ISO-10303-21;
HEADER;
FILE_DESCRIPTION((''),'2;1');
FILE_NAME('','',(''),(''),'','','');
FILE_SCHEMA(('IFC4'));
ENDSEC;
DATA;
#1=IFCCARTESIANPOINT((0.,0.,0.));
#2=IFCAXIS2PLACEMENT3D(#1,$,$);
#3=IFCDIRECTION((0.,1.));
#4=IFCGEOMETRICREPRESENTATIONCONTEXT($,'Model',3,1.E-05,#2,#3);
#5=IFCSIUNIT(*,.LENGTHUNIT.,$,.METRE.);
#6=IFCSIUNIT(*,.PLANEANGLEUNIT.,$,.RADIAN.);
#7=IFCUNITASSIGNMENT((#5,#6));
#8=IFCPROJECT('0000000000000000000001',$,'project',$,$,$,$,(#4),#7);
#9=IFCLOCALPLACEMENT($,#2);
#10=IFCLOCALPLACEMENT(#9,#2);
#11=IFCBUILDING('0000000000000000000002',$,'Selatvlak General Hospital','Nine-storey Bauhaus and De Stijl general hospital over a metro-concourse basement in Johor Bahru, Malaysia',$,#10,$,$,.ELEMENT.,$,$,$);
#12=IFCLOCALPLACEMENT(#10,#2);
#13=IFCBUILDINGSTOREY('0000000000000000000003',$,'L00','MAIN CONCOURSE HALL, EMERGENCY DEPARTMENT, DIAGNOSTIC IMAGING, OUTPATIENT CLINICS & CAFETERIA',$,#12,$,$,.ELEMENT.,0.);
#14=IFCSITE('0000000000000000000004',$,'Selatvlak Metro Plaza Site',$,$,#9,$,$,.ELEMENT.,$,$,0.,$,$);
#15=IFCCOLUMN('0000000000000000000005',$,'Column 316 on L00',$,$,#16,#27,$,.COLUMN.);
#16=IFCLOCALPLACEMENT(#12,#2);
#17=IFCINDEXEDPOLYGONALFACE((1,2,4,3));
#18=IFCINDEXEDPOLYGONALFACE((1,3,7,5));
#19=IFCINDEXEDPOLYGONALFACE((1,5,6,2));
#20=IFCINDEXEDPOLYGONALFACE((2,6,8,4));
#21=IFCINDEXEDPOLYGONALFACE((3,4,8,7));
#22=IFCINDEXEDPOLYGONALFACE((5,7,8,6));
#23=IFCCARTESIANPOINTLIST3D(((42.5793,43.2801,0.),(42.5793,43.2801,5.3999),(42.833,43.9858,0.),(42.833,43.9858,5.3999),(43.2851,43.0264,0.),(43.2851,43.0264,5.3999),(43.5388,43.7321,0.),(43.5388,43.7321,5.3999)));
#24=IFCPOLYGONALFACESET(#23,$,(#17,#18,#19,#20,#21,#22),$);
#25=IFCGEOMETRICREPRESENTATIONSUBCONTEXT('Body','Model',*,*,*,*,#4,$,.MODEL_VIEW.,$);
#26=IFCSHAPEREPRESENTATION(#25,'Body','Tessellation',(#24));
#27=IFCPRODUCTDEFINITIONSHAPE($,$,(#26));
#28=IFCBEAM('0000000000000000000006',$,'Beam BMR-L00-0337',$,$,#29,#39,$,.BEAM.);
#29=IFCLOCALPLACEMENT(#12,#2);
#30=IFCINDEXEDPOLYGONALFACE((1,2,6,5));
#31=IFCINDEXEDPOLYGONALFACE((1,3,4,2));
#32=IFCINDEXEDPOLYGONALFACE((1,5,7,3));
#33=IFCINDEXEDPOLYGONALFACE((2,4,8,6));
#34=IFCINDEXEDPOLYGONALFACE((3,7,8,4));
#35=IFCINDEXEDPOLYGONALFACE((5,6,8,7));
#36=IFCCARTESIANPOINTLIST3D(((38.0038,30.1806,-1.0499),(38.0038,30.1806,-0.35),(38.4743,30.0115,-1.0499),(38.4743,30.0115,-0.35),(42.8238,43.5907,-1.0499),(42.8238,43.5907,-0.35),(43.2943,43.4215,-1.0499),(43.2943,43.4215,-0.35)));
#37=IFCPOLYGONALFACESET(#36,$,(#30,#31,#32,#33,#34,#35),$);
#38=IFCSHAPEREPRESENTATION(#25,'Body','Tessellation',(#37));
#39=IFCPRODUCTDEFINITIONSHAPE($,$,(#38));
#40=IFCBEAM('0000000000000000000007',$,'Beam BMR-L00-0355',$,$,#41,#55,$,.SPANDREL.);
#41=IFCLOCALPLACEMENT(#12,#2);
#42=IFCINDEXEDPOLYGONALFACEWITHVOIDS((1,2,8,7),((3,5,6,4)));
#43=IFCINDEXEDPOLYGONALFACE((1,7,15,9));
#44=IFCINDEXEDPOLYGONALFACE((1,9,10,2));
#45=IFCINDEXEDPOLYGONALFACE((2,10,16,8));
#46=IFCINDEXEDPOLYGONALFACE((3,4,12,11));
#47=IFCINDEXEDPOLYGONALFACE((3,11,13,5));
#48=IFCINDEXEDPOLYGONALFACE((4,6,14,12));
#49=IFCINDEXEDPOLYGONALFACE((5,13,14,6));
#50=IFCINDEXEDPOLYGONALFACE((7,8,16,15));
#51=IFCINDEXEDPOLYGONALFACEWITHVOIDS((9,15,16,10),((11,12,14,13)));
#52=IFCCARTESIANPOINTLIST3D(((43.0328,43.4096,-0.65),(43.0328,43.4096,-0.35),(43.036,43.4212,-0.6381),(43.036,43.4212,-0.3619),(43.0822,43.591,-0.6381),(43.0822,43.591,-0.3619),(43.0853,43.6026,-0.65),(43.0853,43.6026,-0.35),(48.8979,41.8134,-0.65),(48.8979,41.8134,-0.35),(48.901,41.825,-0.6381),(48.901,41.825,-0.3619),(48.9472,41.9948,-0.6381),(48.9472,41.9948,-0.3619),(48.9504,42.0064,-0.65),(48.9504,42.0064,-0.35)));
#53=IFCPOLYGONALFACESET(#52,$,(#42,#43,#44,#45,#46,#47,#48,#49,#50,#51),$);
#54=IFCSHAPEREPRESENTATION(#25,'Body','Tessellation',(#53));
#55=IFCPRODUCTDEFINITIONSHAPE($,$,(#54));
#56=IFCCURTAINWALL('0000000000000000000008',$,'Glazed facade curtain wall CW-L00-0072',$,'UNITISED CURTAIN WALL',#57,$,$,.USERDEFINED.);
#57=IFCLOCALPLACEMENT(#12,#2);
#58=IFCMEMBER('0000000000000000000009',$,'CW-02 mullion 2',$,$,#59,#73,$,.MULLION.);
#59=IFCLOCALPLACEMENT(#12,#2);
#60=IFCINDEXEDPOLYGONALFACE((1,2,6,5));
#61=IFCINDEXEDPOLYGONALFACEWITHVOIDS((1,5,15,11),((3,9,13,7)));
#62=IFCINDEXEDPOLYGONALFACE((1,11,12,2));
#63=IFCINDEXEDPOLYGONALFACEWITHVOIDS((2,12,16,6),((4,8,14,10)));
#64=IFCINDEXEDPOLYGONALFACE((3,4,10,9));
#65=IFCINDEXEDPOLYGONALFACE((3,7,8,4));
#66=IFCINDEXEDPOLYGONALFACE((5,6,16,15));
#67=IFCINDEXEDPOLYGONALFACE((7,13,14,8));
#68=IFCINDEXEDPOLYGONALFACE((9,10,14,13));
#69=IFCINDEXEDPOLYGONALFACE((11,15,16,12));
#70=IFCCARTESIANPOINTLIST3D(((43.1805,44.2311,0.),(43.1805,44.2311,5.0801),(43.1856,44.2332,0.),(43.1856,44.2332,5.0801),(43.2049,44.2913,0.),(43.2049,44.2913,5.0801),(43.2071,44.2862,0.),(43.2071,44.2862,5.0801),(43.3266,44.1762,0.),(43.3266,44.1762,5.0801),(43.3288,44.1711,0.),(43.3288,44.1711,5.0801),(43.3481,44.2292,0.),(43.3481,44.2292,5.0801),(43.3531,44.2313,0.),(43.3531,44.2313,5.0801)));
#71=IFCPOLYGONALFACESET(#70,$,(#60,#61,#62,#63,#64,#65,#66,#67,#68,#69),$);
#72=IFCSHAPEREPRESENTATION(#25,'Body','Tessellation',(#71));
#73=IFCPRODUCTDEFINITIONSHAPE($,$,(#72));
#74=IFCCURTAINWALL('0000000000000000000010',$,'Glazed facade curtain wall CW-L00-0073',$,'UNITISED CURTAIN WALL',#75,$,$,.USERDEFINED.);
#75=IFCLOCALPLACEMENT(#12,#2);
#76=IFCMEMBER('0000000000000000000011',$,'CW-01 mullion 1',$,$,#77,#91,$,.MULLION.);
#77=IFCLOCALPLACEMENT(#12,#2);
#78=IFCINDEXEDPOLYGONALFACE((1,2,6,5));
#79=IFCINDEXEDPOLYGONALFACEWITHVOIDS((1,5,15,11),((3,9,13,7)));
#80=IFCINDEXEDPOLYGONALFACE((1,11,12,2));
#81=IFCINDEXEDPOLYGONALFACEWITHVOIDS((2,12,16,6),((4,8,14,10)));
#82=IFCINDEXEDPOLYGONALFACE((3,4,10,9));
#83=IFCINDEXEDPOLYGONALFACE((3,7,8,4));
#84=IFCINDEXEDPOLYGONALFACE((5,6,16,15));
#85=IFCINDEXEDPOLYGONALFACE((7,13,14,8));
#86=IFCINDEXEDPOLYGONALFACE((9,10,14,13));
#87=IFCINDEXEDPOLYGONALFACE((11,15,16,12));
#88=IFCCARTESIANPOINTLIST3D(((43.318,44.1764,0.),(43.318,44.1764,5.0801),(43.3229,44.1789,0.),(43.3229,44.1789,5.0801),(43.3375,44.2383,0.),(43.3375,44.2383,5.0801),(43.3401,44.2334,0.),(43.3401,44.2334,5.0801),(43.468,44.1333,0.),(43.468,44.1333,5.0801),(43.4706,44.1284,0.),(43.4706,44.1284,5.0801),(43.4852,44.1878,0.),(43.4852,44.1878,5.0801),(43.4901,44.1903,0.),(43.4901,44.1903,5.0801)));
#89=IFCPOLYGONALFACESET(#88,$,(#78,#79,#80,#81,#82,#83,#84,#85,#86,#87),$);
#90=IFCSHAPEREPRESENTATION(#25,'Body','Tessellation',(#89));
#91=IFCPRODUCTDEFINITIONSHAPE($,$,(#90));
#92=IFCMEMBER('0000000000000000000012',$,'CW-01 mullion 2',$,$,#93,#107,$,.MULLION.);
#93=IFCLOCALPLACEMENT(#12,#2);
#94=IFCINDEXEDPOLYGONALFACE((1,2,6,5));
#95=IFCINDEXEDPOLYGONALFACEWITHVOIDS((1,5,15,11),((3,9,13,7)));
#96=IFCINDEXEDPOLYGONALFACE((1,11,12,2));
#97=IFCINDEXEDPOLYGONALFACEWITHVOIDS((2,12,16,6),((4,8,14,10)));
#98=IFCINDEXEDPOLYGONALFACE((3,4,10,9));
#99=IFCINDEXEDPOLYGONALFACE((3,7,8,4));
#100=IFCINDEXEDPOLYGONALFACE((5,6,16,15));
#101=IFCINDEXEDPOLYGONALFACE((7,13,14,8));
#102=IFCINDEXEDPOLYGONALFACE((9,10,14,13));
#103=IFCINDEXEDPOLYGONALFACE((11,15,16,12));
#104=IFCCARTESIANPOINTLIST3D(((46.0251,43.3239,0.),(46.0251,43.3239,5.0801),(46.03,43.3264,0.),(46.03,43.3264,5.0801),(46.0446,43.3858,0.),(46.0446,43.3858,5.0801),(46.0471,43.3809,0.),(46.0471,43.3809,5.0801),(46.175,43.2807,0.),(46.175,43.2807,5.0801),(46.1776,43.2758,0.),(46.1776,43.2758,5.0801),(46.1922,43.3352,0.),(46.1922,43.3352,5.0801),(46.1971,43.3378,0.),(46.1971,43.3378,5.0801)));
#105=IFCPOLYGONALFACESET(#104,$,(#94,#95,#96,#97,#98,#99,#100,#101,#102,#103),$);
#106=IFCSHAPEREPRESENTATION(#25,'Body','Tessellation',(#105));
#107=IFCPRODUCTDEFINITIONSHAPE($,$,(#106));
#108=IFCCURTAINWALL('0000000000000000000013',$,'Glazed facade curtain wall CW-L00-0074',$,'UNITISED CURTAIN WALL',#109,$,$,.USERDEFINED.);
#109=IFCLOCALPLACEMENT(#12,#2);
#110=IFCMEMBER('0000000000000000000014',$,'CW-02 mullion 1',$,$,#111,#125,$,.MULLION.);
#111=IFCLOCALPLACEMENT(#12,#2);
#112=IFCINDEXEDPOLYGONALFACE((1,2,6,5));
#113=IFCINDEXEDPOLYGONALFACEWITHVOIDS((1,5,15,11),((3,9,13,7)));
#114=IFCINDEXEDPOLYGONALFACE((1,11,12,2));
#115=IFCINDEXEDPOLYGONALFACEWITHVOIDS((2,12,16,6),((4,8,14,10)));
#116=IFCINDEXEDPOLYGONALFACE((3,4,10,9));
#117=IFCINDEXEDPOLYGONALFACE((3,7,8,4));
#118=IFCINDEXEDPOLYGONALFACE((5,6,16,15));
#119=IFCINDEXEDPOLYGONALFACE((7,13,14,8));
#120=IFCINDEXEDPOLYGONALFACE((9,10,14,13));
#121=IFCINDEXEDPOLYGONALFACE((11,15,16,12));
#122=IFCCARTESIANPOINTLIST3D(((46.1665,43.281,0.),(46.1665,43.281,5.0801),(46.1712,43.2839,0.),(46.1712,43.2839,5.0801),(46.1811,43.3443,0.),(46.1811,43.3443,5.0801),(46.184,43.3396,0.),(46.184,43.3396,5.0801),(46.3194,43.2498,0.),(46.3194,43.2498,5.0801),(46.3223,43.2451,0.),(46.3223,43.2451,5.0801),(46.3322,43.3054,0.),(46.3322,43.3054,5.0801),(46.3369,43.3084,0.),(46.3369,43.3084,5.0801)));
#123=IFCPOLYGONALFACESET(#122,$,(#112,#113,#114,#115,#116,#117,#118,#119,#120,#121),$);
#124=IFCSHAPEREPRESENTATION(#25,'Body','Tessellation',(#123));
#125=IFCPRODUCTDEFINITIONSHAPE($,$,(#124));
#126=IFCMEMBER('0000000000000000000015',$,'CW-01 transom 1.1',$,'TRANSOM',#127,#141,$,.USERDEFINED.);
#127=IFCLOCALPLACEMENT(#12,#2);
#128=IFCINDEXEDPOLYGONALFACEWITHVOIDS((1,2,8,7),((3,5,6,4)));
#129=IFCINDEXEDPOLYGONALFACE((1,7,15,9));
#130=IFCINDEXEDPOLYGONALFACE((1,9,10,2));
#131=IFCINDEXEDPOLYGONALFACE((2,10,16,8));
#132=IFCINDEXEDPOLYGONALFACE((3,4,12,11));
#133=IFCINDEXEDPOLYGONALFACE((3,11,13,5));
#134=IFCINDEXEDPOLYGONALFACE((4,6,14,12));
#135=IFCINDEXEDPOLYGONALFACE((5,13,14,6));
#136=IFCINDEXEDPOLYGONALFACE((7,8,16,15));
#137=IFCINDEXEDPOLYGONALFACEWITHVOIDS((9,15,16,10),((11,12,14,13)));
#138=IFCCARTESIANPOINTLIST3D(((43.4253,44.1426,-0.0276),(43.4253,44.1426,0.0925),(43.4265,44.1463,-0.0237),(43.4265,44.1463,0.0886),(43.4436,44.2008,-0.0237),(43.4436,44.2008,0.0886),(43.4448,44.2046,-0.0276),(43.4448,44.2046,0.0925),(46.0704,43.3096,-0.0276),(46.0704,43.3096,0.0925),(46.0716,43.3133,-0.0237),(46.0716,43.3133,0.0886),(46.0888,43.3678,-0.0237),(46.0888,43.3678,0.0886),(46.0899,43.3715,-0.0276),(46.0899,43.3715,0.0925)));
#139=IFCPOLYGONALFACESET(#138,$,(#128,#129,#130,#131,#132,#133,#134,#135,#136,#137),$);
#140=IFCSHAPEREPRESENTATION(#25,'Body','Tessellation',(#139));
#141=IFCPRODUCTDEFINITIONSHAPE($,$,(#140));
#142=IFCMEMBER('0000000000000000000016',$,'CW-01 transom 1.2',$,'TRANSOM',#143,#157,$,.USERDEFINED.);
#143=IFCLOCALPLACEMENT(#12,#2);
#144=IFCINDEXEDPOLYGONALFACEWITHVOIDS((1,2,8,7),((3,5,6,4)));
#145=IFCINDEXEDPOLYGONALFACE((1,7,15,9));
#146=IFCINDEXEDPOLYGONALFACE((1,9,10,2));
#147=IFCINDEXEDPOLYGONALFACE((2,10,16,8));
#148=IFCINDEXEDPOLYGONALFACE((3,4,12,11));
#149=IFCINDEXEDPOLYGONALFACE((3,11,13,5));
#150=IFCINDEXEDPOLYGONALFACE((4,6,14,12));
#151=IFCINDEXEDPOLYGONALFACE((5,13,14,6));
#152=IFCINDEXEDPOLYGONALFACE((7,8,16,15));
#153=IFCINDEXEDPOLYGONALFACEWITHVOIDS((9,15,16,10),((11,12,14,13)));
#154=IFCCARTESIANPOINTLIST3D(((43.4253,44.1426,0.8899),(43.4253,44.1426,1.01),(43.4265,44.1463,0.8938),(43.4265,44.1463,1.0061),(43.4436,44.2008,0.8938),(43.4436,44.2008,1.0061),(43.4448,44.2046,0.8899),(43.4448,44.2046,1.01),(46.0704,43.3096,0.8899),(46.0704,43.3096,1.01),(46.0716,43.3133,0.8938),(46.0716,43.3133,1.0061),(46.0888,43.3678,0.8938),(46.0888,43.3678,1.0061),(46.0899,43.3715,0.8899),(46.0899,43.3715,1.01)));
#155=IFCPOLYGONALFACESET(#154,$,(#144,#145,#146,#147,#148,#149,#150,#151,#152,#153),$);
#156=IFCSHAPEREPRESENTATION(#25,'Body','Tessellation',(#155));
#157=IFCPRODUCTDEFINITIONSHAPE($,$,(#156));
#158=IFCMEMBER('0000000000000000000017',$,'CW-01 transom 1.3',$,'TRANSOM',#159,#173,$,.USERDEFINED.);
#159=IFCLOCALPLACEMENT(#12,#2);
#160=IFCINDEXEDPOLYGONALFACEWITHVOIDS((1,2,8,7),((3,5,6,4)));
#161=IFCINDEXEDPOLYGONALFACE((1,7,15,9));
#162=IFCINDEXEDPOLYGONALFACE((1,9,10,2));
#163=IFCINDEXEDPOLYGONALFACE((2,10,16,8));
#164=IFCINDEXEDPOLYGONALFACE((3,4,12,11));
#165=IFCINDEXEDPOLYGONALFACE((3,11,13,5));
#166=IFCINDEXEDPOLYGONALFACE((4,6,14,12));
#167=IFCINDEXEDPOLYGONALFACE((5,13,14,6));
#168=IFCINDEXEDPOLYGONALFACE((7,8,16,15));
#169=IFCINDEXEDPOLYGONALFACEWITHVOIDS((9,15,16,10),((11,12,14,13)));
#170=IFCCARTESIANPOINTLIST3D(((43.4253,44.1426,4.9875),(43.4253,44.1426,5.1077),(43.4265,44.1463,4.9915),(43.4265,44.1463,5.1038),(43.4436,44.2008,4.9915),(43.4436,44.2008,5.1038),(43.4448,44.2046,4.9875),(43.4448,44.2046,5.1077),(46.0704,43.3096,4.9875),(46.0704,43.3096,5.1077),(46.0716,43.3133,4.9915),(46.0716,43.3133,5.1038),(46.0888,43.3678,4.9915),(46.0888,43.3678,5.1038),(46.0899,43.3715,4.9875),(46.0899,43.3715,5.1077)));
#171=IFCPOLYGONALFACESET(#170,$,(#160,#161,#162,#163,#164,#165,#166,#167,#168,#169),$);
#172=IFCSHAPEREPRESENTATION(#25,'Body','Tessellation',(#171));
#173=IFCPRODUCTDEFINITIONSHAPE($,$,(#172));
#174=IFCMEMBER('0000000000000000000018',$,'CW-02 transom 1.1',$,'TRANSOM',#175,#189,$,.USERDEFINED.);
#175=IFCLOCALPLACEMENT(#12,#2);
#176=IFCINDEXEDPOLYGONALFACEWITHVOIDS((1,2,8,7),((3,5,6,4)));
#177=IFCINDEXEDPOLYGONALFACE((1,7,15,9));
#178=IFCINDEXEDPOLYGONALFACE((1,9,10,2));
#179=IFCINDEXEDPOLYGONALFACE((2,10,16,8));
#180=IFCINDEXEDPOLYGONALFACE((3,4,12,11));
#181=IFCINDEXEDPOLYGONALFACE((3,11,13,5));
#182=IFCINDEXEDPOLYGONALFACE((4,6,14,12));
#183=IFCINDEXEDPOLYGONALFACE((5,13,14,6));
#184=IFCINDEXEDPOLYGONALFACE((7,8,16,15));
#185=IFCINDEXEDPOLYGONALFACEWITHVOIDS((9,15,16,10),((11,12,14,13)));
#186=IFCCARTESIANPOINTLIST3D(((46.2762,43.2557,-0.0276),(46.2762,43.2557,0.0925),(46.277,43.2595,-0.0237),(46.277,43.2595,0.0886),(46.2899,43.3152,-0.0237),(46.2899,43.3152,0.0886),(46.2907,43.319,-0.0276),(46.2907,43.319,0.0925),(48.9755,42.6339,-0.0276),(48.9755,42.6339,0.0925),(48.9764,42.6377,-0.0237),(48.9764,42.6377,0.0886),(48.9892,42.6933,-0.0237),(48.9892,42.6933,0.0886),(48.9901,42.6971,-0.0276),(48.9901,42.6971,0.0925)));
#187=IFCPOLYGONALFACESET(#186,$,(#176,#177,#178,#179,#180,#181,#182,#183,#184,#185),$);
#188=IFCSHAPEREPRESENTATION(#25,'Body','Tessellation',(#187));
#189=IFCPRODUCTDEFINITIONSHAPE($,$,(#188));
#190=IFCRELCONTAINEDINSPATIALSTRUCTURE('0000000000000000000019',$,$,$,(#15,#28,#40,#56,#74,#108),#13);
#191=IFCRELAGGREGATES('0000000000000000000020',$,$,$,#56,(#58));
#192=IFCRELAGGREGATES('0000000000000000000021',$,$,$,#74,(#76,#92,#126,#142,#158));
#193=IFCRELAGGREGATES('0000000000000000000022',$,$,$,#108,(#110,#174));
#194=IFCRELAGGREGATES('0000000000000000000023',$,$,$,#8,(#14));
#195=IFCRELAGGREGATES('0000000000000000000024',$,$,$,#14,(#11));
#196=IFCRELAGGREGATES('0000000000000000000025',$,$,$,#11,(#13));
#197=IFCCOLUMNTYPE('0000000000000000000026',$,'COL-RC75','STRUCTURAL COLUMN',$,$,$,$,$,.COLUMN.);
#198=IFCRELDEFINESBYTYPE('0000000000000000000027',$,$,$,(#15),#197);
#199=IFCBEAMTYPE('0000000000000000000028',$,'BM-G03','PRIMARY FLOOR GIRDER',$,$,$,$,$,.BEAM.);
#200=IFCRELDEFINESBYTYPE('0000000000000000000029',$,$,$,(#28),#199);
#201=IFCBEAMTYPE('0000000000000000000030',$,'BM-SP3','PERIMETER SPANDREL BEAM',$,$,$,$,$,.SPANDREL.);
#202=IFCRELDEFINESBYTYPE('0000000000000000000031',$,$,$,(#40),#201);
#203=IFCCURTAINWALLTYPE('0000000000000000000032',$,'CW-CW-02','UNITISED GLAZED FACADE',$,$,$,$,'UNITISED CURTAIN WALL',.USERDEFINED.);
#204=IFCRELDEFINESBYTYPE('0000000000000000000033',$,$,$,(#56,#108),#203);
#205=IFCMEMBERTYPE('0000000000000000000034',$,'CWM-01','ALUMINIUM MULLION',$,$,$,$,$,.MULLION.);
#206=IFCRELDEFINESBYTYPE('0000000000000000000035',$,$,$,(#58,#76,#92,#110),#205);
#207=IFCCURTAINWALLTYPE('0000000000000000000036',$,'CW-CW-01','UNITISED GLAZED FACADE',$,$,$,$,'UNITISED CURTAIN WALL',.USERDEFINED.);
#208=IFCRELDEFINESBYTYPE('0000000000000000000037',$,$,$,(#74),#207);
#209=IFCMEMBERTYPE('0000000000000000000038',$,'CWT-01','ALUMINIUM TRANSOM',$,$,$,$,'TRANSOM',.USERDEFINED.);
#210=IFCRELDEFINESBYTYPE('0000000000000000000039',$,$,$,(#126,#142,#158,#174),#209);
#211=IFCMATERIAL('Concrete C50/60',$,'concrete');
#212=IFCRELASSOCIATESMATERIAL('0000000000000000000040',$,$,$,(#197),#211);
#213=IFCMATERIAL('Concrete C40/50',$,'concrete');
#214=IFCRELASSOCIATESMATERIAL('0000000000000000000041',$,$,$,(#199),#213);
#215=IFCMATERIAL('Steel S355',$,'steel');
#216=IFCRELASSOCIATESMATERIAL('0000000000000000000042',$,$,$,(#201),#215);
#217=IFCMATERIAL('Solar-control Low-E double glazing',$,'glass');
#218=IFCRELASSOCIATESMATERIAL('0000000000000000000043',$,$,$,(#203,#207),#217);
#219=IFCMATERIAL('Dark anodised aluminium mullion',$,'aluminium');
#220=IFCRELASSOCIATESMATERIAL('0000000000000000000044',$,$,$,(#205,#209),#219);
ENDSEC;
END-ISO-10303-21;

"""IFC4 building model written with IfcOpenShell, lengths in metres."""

from ifc_helpers import new_model, si_unit, direction, frame, origin, origin_2d, place, context, subcontext, project, spatial, rectangle, hollow_rectangle, extrude, material, material_profile, profile_set, type_object, element, aggregate, save


model = new_model("IFC4")

# Units and contexts
model_context = context("Model", 3, precision=1e-05, world=origin(), true_north=direction((0.0, 1.0)))
body_context = subcontext(model_context, "Body", "Model", "MODEL_VIEW")
ifc_project = project(units=[si_unit("LENGTHUNIT", "METRE"), si_unit("PLANEANGLEUNIT", "RADIAN")], contexts=[model_context])

# Site, building, storey
site_placement = place(None, origin())
site = spatial("IfcSite", under=ifc_project, at=site_placement, Name="Selatvlak Metro Plaza Site", CompositionType="ELEMENT", RefElevation=0.0)
building_placement = place(site_placement, origin())
building = spatial("IfcBuilding", under=site, at=building_placement, Name="Selatvlak General Hospital", Description="Nine-storey Bauhaus and De Stijl general hospital over a metro-concourse basement in Johor Bahru, Malaysia", CompositionType="ELEMENT")
storey_placement = place(building_placement, origin())
storey = spatial("IfcBuildingStorey", under=building, at=storey_placement, Name="L00", Description="MAIN CONCOURSE HALL, EMERGENCY DEPARTMENT, DIAGNOSTIC IMAGING, OUTPATIENT CLINICS & CAFETERIA", CompositionType="ELEMENT", Elevation=0.0)

# Column
ifc_material_1 = material(Name="Concrete C50/60", Category="concrete")
ifc_material_profile_1 = material_profile(ifc_material_1, rectangle(XDim=0.75, YDim=0.75, at=origin_2d()), Name="RC-COL 750x750")
ifc_profile_set_1 = profile_set([ifc_material_profile_1], Name="Concrete C50/60")
column_type = type_object("IfcColumnType", Name="COL-RC75", Description="STRUCTURAL COLUMN", PredefinedType="COLUMN", material=ifc_profile_set_1)
column_placement = place(storey_placement, frame((43.0591, 43.5061, 0.0), z_axis=(0.0, 0.0, 1.0), x_axis=(0.338262, 0.941052, 0.0)))
element("IfcColumn", 1, at=column_placement, inside=storey, type_object=column_type, Name="Column 316 on L00", PredefinedType="COLUMN", context=body_context, shape_type="SweptSolid", body=[
    extrude(rectangle(XDim=0.75, YDim=0.75, at=origin_2d()), origin(), (0.0, 0.0, 1.0), 5.3999),
])

# Beams
ifc_material_2 = material(Name="Concrete C40/50", Category="concrete")
ifc_material_profile_2 = material_profile(ifc_material_2, rectangle(XDim=0.5, YDim=0.7, at=origin_2d()), Name="RC-BM 500x700")
ifc_profile_set_2 = profile_set([ifc_material_profile_2], Name="Concrete C40/50")
beam_type_1 = type_object("IfcBeamType", Name="BM-G03", Description="PRIMARY FLOOR GIRDER", PredefinedType="BEAM", material=ifc_profile_set_2)
beam_1_placement = place(storey_placement, frame((43.0591, 43.5061, -0.7), z_axis=(-0.338248, -0.941057, 0.0), x_axis=(0.941057, -0.338248, 0.0)))
element("IfcBeam", 2, at=beam_1_placement, inside=storey, type_object=beam_type_1, Name="Beam BMR-L00-0337", PredefinedType="BEAM", context=body_context, shape_type="SweptSolid", body=[
    extrude(rectangle(XDim=0.5, YDim=0.7, at=origin_2d()), origin(), (0.0, 0.0, 1.0), 14.25),
])
ifc_material_3 = material(Name="Steel S355", Category="steel")
ifc_material_profile_3 = material_profile(ifc_material_3, hollow_rectangle(XDim=0.2, YDim=0.3, WallThickness=0.012, at=origin_2d()), Name="RHS 300x200x12")
ifc_profile_set_3 = profile_set([ifc_material_profile_3], Name="Steel S355")
beam_type_2 = type_object("IfcBeamType", Name="BM-SP3", Description="PERIMETER SPANDREL BEAM", PredefinedType="SPANDREL", material=ifc_profile_set_3)
beam_2_placement = place(storey_placement, frame((43.0591, 43.5061, -0.5), z_axis=(0.964904, -0.262604, 0.0), x_axis=(0.262604, 0.964904, 0.0)))
element("IfcBeam", 3, at=beam_2_placement, inside=storey, type_object=beam_type_2, Name="Beam BMR-L00-0355", PredefinedType="SPANDREL", context=body_context, shape_type="SweptSolid", body=[
    extrude(hollow_rectangle(XDim=0.2, YDim=0.3, WallThickness=0.012, at=origin_2d()), origin(), (0.0, 0.0, 1.0), 6.0784),
])

# Curtain wall, member
ifc_material_4 = material(Name="Solar-control Low-E double glazing", Category="glass")
curtain_wall_type_1 = type_object("IfcCurtainWallType", Name="CW-CW-02", Description="UNITISED GLAZED FACADE", ElementType="UNITISED CURTAIN WALL", PredefinedType="USERDEFINED", material=ifc_material_4)
curtain_wall_1_placement = place(storey_placement, origin())
curtain_wall_1 = element("IfcCurtainWall", 4, at=curtain_wall_1_placement, inside=storey, type_object=curtain_wall_type_1, Name="Glazed facade curtain wall CW-L00-0072", ObjectType="UNITISED CURTAIN WALL", PredefinedType="USERDEFINED")
ifc_material_5 = material(Name="Dark anodised aluminium mullion", Category="aluminium")
ifc_material_profile_4 = material_profile(ifc_material_5, hollow_rectangle(XDim=0.0649, YDim=0.1599, WallThickness=0.0039, at=origin_2d()), Name="AL-MUL 65x160x4")
ifc_profile_set_4 = profile_set([ifc_material_profile_4], Name="Dark anodised aluminium mullion")
member_type_1 = type_object("IfcMemberType", Name="CWM-01", Description="ALUMINIUM MULLION", PredefinedType="MULLION", material=ifc_profile_set_4)
member_1_placement = place(storey_placement, frame((43.2668, 44.2312, 0.0), z_axis=(0.0, 0.0, 1.0), x_axis=(0.374953, 0.927044, 0.0)))
member_1 = element("IfcMember", 5, at=member_1_placement, type_object=member_type_1, Name="CW-02 mullion 2", PredefinedType="MULLION", context=body_context, shape_type="SweptSolid", body=[
    extrude(hollow_rectangle(XDim=0.0649, YDim=0.1599, WallThickness=0.0039, at=origin_2d()), origin(), (0.0, 0.0, 1.0), 5.0801),
])
aggregate(curtain_wall_1, [member_1])

# Curtain wall, members
curtain_wall_type_2 = type_object("IfcCurtainWallType", Name="CW-CW-01", Description="UNITISED GLAZED FACADE", ElementType="UNITISED CURTAIN WALL", PredefinedType="USERDEFINED", material=ifc_material_4)
curtain_wall_2_placement = place(storey_placement, origin())
curtain_wall_2 = element("IfcCurtainWall", 6, at=curtain_wall_2_placement, inside=storey, type_object=curtain_wall_type_2, Name="Glazed facade curtain wall CW-L00-0073", ObjectType="UNITISED CURTAIN WALL", PredefinedType="USERDEFINED")
member_2_placement = place(storey_placement, frame((43.4041, 44.1833, 0.0), z_axis=(0.0, 0.0, 1.0), x_axis=(0.300373, 0.953822, 0.0)))
member_2 = element("IfcMember", 7, at=member_2_placement, type_object=member_type_1, Name="CW-01 mullion 1", PredefinedType="MULLION", context=body_context, shape_type="SweptSolid", body=[
    extrude(hollow_rectangle(XDim=0.0649, YDim=0.1599, WallThickness=0.0039, at=origin_2d()), origin(), (0.0, 0.0, 1.0), 5.0801),
])
member_3_placement = place(storey_placement, frame((46.1111, 43.3308, 0.0), z_axis=(0.0, 0.0, 1.0), x_axis=(0.300373, 0.953822, 0.0)))
member_3 = element("IfcMember", 8, at=member_3_placement, type_object=member_type_1, Name="CW-01 mullion 2", PredefinedType="MULLION", context=body_context, shape_type="SweptSolid", body=[
    extrude(hollow_rectangle(XDim=0.0649, YDim=0.1599, WallThickness=0.0039, at=origin_2d()), origin(), (0.0, 0.0, 1.0), 5.0801),
])

# Curtain wall, member
curtain_wall_3_placement = place(storey_placement, origin())
curtain_wall_3 = element("IfcCurtainWall", 9, at=curtain_wall_3_placement, inside=storey, type_object=curtain_wall_type_1, Name="Glazed facade curtain wall CW-L00-0074", ObjectType="UNITISED CURTAIN WALL", PredefinedType="USERDEFINED")
member_4_placement = place(storey_placement, frame((46.2517, 43.2947, 0.0), z_axis=(0.0, 0.0, 1.0), x_axis=(0.224482, 0.974478, 0.0)))
member_4 = element("IfcMember", 10, at=member_4_placement, type_object=member_type_1, Name="CW-02 mullion 1", PredefinedType="MULLION", context=body_context, shape_type="SweptSolid", body=[
    extrude(hollow_rectangle(XDim=0.0649, YDim=0.1599, WallThickness=0.0039, at=origin_2d()), origin(), (0.0, 0.0, 1.0), 5.0801),
])

# Members
ifc_material_profile_5 = material_profile(ifc_material_5, hollow_rectangle(XDim=0.0649, YDim=0.1201, WallThickness=0.0039, at=origin_2d()), Name="AL-TRN 65x120x4")
ifc_profile_set_5 = profile_set([ifc_material_profile_5], Name="Dark anodised aluminium mullion")
member_type_2 = type_object("IfcMemberType", Name="CWT-01", Description="ALUMINIUM TRANSOM", ElementType="TRANSOM", PredefinedType="USERDEFINED", material=ifc_profile_set_5)
member_5_placement = place(storey_placement, frame((43.4351, 44.1736, 0.0325), z_axis=(0.953817, -0.30039, 0.0), x_axis=(0.30039, 0.953817, 0.0)))
member_5 = element("IfcMember", 11, at=member_5_placement, type_object=member_type_2, Name="CW-01 transom 1.1", ObjectType="TRANSOM", PredefinedType="USERDEFINED", context=body_context, shape_type="SweptSolid", body=[
    extrude(hollow_rectangle(XDim=0.0649, YDim=0.1201, WallThickness=0.0039, at=origin_2d()), origin(), (0.0, 0.0, 1.0), 2.7732),
])
member_6_placement = place(storey_placement, frame((43.4351, 44.1736, 0.95), z_axis=(0.953817, -0.30039, 0.0), x_axis=(0.30039, 0.953817, 0.0)))
member_6 = element("IfcMember", 12, at=member_6_placement, type_object=member_type_2, Name="CW-01 transom 1.2", ObjectType="TRANSOM", PredefinedType="USERDEFINED", context=body_context, shape_type="SweptSolid", body=[
    extrude(hollow_rectangle(XDim=0.0649, YDim=0.1201, WallThickness=0.0039, at=origin_2d()), origin(), (0.0, 0.0, 1.0), 2.7732),
])
member_7_placement = place(storey_placement, frame((43.4351, 44.1736, 5.0476), z_axis=(0.953817, -0.30039, 0.0), x_axis=(0.30039, 0.953817, 0.0)))
member_7 = element("IfcMember", 13, at=member_7_placement, type_object=member_type_2, Name="CW-01 transom 1.3", ObjectType="TRANSOM", PredefinedType="USERDEFINED", context=body_context, shape_type="SweptSolid", body=[
    extrude(hollow_rectangle(XDim=0.0649, YDim=0.1201, WallThickness=0.0039, at=origin_2d()), origin(), (0.0, 0.0, 1.0), 2.7732),
])
member_8_placement = place(storey_placement, frame((46.2834, 43.2874, 0.0325), z_axis=(0.974476, -0.224493, 0.0), x_axis=(0.224493, 0.974476, 0.0)))
member_8 = element("IfcMember", 14, at=member_8_placement, type_object=member_type_2, Name="CW-02 transom 1.1", ObjectType="TRANSOM", PredefinedType="USERDEFINED", context=body_context, shape_type="SweptSolid", body=[
    extrude(hollow_rectangle(XDim=0.0649, YDim=0.1201, WallThickness=0.0039, at=origin_2d()), origin(), (0.0, 0.0, 1.0), 2.77),
])

aggregate(curtain_wall_2, [member_2, member_3, member_5, member_6, member_7])
aggregate(curtain_wall_3, [member_4, member_8])

save(model, "model.ifc")
